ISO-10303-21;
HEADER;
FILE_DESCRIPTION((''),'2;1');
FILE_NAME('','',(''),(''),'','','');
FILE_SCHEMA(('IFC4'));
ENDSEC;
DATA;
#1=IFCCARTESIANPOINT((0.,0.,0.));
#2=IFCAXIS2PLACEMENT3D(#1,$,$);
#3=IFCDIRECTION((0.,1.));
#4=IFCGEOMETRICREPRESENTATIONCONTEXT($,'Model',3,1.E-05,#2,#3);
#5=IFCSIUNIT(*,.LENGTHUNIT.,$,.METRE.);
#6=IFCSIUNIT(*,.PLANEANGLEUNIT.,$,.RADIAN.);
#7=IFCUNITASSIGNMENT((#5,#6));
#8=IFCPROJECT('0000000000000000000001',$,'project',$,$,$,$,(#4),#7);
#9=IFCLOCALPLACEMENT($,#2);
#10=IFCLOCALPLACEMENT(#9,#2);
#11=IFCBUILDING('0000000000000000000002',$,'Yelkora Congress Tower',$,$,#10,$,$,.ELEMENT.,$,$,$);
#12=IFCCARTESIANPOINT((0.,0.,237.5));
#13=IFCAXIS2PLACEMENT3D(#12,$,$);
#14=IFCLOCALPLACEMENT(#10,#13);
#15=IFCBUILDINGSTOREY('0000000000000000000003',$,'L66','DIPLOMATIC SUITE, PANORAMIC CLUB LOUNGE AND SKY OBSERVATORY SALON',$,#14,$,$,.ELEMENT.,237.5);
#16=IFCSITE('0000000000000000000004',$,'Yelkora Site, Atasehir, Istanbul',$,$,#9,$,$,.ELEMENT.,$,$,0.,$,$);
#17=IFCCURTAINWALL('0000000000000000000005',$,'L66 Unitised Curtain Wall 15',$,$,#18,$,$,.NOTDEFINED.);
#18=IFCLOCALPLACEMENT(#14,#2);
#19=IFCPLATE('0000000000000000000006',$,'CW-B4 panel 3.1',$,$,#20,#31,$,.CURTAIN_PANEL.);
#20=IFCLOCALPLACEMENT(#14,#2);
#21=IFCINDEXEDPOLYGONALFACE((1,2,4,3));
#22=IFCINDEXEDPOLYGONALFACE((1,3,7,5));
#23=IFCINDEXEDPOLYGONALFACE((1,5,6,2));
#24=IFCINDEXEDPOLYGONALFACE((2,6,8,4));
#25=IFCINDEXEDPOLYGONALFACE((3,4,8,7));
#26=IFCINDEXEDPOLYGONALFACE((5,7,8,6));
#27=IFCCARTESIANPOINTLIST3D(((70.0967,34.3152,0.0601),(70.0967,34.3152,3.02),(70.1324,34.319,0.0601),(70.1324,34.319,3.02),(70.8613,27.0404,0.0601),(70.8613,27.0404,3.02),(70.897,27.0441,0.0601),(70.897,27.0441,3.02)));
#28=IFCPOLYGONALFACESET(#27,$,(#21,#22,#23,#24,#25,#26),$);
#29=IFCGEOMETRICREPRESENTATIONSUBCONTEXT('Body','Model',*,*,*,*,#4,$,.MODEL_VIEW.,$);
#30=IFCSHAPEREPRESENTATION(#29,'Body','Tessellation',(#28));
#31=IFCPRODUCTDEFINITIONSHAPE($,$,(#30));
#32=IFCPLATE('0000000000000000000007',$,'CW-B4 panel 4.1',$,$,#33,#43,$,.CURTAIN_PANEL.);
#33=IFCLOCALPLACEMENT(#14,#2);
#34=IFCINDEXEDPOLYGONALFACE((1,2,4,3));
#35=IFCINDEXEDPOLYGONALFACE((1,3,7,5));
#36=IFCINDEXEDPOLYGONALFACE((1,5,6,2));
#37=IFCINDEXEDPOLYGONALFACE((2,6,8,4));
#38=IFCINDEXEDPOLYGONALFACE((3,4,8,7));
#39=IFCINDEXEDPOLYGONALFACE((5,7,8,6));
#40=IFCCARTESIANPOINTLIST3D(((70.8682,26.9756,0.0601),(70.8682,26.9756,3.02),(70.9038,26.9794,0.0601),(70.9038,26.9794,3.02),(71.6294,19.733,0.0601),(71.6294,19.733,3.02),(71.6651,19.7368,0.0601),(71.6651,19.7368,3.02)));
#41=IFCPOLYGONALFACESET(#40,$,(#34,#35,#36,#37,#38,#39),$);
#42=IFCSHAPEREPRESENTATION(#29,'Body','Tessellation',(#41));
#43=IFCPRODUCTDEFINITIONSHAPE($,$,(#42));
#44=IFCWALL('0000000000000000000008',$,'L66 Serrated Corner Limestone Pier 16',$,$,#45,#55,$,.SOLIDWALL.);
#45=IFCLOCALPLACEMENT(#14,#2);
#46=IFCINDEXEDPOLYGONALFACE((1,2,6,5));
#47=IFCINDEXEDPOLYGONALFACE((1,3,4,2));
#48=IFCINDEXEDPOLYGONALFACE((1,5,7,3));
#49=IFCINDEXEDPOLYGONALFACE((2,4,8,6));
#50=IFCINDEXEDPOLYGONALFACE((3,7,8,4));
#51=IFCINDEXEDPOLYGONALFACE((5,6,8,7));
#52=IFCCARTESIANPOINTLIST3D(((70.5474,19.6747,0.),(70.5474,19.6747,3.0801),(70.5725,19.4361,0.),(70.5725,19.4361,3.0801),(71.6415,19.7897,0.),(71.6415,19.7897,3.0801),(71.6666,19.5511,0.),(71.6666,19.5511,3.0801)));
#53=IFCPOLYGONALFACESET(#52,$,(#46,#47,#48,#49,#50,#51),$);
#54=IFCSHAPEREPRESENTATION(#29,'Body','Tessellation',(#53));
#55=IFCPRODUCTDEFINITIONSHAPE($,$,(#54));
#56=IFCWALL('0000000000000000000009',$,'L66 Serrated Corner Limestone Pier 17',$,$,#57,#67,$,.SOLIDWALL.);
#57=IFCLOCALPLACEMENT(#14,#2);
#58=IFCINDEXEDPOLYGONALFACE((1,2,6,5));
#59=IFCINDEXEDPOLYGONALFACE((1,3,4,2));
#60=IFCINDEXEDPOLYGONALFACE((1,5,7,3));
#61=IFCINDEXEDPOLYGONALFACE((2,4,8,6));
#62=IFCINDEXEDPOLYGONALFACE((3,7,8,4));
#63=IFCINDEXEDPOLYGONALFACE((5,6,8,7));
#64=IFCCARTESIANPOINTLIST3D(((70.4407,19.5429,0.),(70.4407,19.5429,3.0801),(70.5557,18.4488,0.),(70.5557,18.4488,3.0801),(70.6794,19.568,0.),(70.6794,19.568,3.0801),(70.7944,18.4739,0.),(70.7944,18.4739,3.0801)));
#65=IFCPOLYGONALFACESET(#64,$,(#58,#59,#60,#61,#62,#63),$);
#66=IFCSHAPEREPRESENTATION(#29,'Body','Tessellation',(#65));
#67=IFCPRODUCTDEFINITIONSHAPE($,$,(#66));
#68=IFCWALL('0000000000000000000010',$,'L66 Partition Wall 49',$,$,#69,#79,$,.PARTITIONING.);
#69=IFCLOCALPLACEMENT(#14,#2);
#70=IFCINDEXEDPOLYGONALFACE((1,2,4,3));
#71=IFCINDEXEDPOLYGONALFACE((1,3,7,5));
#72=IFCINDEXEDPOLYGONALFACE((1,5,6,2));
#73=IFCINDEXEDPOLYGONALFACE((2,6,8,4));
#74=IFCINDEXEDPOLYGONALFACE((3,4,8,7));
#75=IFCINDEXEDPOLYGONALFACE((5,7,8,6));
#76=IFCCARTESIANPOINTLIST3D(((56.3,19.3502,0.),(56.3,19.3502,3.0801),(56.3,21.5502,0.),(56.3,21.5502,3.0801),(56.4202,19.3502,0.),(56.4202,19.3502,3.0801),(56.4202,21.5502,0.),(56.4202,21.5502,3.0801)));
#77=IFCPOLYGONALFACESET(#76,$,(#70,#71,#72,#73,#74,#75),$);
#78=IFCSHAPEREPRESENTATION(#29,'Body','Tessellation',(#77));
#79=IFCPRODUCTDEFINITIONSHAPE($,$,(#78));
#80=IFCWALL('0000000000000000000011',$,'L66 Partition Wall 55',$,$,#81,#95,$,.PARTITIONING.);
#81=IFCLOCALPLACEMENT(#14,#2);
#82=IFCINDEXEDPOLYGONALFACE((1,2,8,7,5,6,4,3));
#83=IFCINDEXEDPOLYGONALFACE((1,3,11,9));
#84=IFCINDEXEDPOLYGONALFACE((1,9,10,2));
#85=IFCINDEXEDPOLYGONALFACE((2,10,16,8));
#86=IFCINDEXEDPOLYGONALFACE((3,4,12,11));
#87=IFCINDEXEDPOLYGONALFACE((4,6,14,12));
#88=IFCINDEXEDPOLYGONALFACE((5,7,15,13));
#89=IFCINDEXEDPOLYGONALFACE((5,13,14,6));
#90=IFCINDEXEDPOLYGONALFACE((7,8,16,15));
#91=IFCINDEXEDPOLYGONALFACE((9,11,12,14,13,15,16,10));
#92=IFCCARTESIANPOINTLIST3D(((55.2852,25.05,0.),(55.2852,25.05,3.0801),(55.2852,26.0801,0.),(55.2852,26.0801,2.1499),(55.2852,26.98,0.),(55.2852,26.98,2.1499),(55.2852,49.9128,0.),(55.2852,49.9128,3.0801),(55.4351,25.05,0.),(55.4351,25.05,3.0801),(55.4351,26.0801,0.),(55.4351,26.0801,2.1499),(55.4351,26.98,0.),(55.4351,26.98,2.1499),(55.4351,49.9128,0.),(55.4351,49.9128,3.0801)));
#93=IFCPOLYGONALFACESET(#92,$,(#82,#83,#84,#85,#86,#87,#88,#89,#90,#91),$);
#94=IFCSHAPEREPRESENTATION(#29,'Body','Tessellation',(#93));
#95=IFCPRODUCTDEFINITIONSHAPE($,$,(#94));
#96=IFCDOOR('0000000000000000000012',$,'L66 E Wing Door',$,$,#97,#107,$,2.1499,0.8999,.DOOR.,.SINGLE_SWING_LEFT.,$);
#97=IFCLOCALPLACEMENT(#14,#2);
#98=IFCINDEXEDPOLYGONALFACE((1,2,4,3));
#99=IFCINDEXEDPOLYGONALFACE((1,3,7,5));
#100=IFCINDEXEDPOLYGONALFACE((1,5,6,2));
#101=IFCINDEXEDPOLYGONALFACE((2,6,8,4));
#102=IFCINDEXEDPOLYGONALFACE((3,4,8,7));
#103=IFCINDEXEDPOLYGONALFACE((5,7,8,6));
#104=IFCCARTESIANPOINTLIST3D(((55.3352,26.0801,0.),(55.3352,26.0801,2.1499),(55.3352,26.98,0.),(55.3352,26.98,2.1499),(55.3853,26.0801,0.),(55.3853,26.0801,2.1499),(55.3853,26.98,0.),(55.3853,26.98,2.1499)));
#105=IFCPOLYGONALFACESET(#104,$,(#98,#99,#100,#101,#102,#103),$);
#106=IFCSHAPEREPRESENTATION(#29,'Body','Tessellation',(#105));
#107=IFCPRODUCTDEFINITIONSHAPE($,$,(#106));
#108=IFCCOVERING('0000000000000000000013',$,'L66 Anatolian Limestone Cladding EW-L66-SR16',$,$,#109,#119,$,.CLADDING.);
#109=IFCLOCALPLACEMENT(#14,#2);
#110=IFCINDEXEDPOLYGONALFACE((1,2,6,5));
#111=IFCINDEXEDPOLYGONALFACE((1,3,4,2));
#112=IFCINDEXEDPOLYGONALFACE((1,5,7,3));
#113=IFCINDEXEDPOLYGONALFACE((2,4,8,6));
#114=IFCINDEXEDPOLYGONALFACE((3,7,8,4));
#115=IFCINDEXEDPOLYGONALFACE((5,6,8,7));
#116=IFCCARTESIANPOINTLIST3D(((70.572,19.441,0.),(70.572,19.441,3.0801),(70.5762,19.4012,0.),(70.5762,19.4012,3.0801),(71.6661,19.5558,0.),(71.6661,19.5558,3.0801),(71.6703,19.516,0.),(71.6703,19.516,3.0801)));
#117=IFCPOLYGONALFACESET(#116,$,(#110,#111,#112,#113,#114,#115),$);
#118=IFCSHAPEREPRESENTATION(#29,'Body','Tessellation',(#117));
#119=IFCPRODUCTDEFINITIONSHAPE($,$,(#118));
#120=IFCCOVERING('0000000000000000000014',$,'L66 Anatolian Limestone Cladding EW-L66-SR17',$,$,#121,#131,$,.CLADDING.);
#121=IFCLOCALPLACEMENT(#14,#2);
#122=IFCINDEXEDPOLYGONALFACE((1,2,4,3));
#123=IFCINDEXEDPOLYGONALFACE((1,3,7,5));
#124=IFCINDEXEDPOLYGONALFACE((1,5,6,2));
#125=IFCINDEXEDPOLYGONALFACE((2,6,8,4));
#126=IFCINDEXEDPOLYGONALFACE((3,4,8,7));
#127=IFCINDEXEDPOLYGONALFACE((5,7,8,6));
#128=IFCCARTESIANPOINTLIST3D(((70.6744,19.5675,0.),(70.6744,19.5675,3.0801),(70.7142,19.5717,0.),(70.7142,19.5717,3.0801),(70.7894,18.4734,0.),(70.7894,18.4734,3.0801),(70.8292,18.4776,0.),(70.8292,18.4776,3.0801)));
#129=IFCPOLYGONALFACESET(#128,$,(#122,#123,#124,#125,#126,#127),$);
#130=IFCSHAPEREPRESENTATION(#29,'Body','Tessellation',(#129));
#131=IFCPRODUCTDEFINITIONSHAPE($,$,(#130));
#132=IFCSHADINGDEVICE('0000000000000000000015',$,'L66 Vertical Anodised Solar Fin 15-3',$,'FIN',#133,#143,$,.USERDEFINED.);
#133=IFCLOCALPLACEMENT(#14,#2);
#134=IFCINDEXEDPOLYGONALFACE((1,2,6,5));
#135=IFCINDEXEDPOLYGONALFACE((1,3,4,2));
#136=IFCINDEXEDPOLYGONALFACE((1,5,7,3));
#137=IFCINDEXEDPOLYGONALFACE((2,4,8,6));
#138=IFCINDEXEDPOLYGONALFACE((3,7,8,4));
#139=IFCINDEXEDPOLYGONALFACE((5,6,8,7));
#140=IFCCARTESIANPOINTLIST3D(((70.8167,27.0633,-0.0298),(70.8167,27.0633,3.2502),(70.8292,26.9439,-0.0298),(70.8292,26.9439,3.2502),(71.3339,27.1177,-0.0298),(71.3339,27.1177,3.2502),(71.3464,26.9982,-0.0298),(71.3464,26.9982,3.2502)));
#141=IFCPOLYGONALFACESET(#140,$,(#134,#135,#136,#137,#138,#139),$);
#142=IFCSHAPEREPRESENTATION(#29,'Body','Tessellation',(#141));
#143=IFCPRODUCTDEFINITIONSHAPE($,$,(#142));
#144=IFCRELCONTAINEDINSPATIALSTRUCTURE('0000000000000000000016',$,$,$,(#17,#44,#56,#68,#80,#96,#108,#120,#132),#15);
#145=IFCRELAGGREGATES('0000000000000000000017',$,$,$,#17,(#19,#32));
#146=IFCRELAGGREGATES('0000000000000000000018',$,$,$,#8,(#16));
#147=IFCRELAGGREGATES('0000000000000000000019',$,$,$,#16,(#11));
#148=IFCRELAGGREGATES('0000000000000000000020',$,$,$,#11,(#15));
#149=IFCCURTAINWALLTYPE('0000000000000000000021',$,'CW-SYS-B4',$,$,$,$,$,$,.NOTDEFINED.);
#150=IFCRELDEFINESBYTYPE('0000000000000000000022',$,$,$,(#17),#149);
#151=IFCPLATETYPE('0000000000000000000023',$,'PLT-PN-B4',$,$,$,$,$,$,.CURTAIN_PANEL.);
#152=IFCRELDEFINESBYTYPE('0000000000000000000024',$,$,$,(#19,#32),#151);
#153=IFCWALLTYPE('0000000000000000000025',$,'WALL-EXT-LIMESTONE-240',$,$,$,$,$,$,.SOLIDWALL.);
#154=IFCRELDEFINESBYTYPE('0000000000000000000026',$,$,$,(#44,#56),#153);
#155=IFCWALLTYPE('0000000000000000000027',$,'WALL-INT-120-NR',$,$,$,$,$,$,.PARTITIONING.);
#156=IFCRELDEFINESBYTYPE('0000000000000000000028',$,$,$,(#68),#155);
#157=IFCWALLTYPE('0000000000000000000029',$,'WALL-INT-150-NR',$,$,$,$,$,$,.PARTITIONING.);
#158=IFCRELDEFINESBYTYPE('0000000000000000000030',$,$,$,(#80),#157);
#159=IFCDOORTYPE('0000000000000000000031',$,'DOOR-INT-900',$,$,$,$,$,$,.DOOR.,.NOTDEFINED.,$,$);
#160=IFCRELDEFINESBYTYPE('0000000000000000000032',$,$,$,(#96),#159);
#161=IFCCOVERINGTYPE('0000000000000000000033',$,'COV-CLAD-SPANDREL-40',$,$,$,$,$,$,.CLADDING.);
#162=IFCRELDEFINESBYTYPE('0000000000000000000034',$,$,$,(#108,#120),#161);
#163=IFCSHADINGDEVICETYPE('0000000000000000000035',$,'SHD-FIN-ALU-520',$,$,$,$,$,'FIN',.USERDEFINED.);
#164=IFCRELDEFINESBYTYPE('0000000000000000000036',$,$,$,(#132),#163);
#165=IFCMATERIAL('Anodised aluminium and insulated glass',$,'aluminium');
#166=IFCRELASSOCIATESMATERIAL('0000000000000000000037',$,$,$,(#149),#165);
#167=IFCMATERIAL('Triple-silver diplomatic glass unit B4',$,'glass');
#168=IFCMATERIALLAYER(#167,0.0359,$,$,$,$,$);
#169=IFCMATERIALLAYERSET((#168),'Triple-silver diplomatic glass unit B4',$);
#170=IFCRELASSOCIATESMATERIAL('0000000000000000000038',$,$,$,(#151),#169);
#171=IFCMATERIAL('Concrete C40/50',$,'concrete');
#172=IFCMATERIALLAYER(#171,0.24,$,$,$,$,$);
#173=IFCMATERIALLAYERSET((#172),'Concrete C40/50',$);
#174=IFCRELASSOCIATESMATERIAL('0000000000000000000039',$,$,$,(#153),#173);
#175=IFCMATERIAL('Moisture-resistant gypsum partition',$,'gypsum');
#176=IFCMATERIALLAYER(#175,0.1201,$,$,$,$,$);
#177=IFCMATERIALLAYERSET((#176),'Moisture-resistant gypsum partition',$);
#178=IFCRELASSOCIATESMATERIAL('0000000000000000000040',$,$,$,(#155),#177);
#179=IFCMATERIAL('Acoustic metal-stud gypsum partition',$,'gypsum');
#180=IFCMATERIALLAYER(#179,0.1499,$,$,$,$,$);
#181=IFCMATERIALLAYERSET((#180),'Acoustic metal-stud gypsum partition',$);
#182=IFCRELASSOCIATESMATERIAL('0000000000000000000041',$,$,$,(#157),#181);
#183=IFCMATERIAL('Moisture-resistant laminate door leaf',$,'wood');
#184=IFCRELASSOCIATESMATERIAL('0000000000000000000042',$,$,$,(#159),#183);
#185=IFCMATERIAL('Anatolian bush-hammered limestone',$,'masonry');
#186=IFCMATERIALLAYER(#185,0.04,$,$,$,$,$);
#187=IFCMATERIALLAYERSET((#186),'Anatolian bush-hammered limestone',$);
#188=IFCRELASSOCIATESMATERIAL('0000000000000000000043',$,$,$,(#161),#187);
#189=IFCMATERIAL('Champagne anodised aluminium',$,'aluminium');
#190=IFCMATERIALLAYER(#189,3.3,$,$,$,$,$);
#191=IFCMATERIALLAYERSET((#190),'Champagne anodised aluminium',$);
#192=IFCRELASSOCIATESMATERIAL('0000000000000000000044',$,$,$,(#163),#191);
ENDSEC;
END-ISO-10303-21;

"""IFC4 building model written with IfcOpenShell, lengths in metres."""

from ifc_helpers import new_model, si_unit, direction, frame, frame_2d, origin, origin_2d, place, context, subcontext, project, spatial, rectangle, extrude, material, layer, layer_set, type_object, element, fill, aggregate, save


model = new_model("IFC4")

# Units and contexts
model_context = context("Model", 3, precision=1e-05, world=origin(), true_north=direction((0.0, 1.0)))
body_context = subcontext(model_context, "Body", "Model", "MODEL_VIEW")
ifc_project = project(units=[si_unit("LENGTHUNIT", "METRE"), si_unit("PLANEANGLEUNIT", "RADIAN")], contexts=[model_context])

# Site, building, storey
site_placement = place(None, origin())
site = spatial("IfcSite", under=ifc_project, at=site_placement, Name="Yelkora Site, Atasehir, Istanbul", CompositionType="ELEMENT", RefElevation=0.0)
building_placement = place(site_placement, origin())
building = spatial("IfcBuilding", under=site, at=building_placement, Name="Yelkora Congress Tower", CompositionType="ELEMENT")
storey_placement = place(building_placement, frame((0.0, 0.0, 237.5)))
storey = spatial("IfcBuildingStorey", under=building, at=storey_placement, Name="L66", Description="DIPLOMATIC SUITE, PANORAMIC CLUB LOUNGE AND SKY OBSERVATORY SALON", CompositionType="ELEMENT", Elevation=237.5)

# Curtain wall, plates
ifc_material_1 = material(Name="Anodised aluminium and insulated glass", Category="aluminium")
curtain_wall_type = type_object("IfcCurtainWallType", Name="CW-SYS-B4", PredefinedType="NOTDEFINED", material=ifc_material_1)
curtain_wall_placement = place(storey_placement, origin())
curtain_wall = element("IfcCurtainWall", 1, at=curtain_wall_placement, inside=storey, type_object=curtain_wall_type, Name="L66 Unitised Curtain Wall 15", PredefinedType="NOTDEFINED")
ifc_material_2 = material(Name="Triple-silver diplomatic glass unit B4", Category="glass")
ifc_layer_1 = layer(ifc_material_2, 0.0359)
ifc_layer_set_1 = layer_set([ifc_layer_1], Name="Triple-silver diplomatic glass unit B4")
plate_type = type_object("IfcPlateType", Name="PLT-PN-B4", PredefinedType="CURTAIN_PANEL", material=ifc_layer_set_1)
plate_1_placement = place(storey_placement, frame((70.4968, 30.6797, 0.0601), z_axis=(0.0, 0.0, 1.0), x_axis=(0.104526, -0.994522, 0.0)))
plate_1 = element("IfcPlate", 2, at=plate_1_placement, type_object=plate_type, Name="CW-B4 panel 3.1", PredefinedType="CURTAIN_PANEL", context=body_context, shape_type="SweptSolid", body=[
    extrude(rectangle(XDim=7.3149, YDim=0.0359, at=origin_2d()), origin(), (0.0, 0.0, 1.0), 2.96),
])
plate_2_placement = place(storey_placement, frame((71.2666, 23.3562, 0.0601), z_axis=(0.0, 0.0, 1.0), x_axis=(0.104526, -0.994522, 0.0)))
plate_2 = element("IfcPlate", 3, at=plate_2_placement, type_object=plate_type, Name="CW-B4 panel 4.1", PredefinedType="CURTAIN_PANEL", context=body_context, shape_type="SweptSolid", body=[
    extrude(rectangle(XDim=7.2825, YDim=0.0359, at=origin_2d()), origin(), (0.0, 0.0, 1.0), 2.96),
])
aggregate(curtain_wall, [plate_1, plate_2])

# Walls
ifc_material_3 = material(Name="Concrete C40/50", Category="concrete")
ifc_layer_2 = layer(ifc_material_3, 0.24)
ifc_layer_set_2 = layer_set([ifc_layer_2], Name="Concrete C40/50")
wall_type_1 = type_object("IfcWallType", Name="WALL-EXT-LIMESTONE-240", PredefinedType="SOLIDWALL", material=ifc_layer_set_2)
for number, where, z_axis, x_axis, name in (
    (4, (71.6541, 19.6704, 0.0), (0.0, 0.0, 1.0), (-0.994521, -0.104535, 0.0), "L66 Serrated Corner Limestone Pier 16"),
    (5, (70.5601, 19.5554, 0.0), (0.0, 0.0, 1.0), (0.104535, -0.994521, 0.0), "L66 Serrated Corner Limestone Pier 17"),
):
    element("IfcWall", number, at=place(storey_placement, frame(where, z_axis=z_axis, x_axis=x_axis)), inside=storey, type_object=wall_type_1, Name=name, PredefinedType="SOLIDWALL", context=body_context, shape_type="SweptSolid", body=[
        extrude(rectangle(XDim=1.1001, YDim=0.24, at=frame_2d((0.55, 0.0))), origin(), (0.0, 0.0, 1.0), 3.0801),
    ])
ifc_material_4 = material(Name="Moisture-resistant gypsum partition", Category="gypsum")
ifc_layer_3 = layer(ifc_material_4, 0.1201)
ifc_layer_set_3 = layer_set([ifc_layer_3], Name="Moisture-resistant gypsum partition")
wall_type_2 = type_object("IfcWallType", Name="WALL-INT-120-NR", PredefinedType="PARTITIONING", material=ifc_layer_set_3)
wall_1_placement = place(storey_placement, frame((56.3601, 19.3501, 0.0), z_axis=(0.0, 0.0, 1.0), x_axis=(0.0, 1.0, 0.0)))
element("IfcWall", 6, at=wall_1_placement, inside=storey, type_object=wall_type_2, Name="L66 Partition Wall 49", PredefinedType="PARTITIONING", context=body_context, shape_type="SweptSolid", body=[
    extrude(rectangle(XDim=2.2, YDim=0.1201, at=frame_2d((1.1001, 0.0))), origin(), (0.0, 0.0, 1.0), 3.0801),
])

# Wall, opening, door
ifc_material_5 = material(Name="Acoustic metal-stud gypsum partition", Category="gypsum")
ifc_layer_4 = layer(ifc_material_5, 0.1499)
ifc_layer_set_4 = layer_set([ifc_layer_4], Name="Acoustic metal-stud gypsum partition")
wall_type_3 = type_object("IfcWallType", Name="WALL-INT-150-NR", PredefinedType="PARTITIONING", material=ifc_layer_set_4)
wall_2_placement = place(storey_placement, frame((55.3601, 25.05, 0.0), z_axis=(0.0, 0.0, 1.0), x_axis=(0.0, 1.0, 0.0)))
wall_2 = element("IfcWall", 7, at=wall_2_placement, inside=storey, type_object=wall_type_3, Name="L66 Partition Wall 55", PredefinedType="PARTITIONING", context=body_context, shape_type="SweptSolid", body=[
    extrude(rectangle(XDim=24.8628, YDim=0.1499, at=frame_2d((12.4314, 0.0))), origin(), (0.0, 0.0, 1.0), 3.0801),
])
opening_placement = place(wall_2_placement, frame((1.03, 0.0, 0.0)))
opening = element("IfcOpeningElement", 8, at=opening_placement, cuts=wall_2, PredefinedType="OPENING", context=body_context, shape_type="SweptSolid", body=[
    extrude(rectangle(XDim=0.8999, YDim=2.1499, at=frame_2d((0.45, 1.075))), frame((0.0, 0.085, 0.0), z_axis=(0.0, -1.0, 0.0), x_axis=(1.0, 0.0, 0.0)), (0.0, 0.0, 1.0), 0.1699),
])
ifc_material_6 = material(Name="Moisture-resistant laminate door leaf", Category="wood")
door_type = type_object("IfcDoorType", Name="DOOR-INT-900", OperationType="NOTDEFINED", PredefinedType="DOOR", material=ifc_material_6)
door_placement = place(opening_placement, origin())
door = element("IfcDoor", 9, at=door_placement, inside=storey, type_object=door_type, Name="L66 E Wing Door", OperationType="SINGLE_SWING_LEFT", OverallHeight=2.1499, OverallWidth=0.8999, PredefinedType="DOOR", context=body_context, shape_type="SweptSolid", body=[
    extrude(rectangle(XDim=0.8999, YDim=2.1499, at=frame_2d((0.45, 1.075))), frame((0.0, 0.0249, 0.0), z_axis=(0.0, -1.0, 0.0), x_axis=(1.0, 0.0, 0.0)), (0.0, 0.0, 1.0), 0.05),
])
fill(opening, door)

# Coverings
ifc_material_7 = material(Name="Anatolian bush-hammered limestone", Category="masonry")
ifc_layer_5 = layer(ifc_material_7, 0.04)
ifc_layer_set_5 = layer_set([ifc_layer_5], Name="Anatolian bush-hammered limestone")
covering_type = type_object("IfcCoveringType", Name="COV-CLAD-SPANDREL-40", PredefinedType="CLADDING", material=ifc_layer_set_5)
for number, where, z_axis, x_axis, name in (
    (10, (71.6682, 19.5359, 0.0), (0.0, 0.0, 1.0), (-0.994544, -0.104315, 0.0), "L66 Anatolian Limestone Cladding EW-L66-SR16"),
    (11, (70.6943, 19.5696, 0.0), (0.0, 0.0, 1.0), (0.104535, -0.994521, 0.0), "L66 Anatolian Limestone Cladding EW-L66-SR17"),
):
    element("IfcCovering", number, at=place(storey_placement, frame(where, z_axis=z_axis, x_axis=x_axis)), inside=storey, type_object=covering_type, Name=name, PredefinedType="CLADDING", context=body_context, shape_type="SweptSolid", body=[
        extrude(rectangle(XDim=1.1001, YDim=0.04, at=frame_2d((0.55, 0.0))), origin(), (0.0, 0.0, 1.0), 3.0801),
    ])

# Shading device
ifc_material_8 = material(Name="Champagne anodised aluminium", Category="aluminium")
ifc_layer_6 = layer(ifc_material_8, 3.3)
ifc_layer_set_6 = layer_set([ifc_layer_6], Name="Champagne anodised aluminium")
shading_device_type = type_object("IfcShadingDeviceType", Name="SHD-FIN-ALU-520", ElementType="FIN", PredefinedType="USERDEFINED", material=ifc_layer_set_6)
shading_device_placement = place(storey_placement, frame((71.0815, 27.0308, -0.0298), z_axis=(0.0, 0.0, 1.0), x_axis=(0.104528, -0.994522, 0.0)))
element("IfcShadingDevice", 12, at=shading_device_placement, inside=storey, type_object=shading_device_type, Name="L66 Vertical Anodised Solar Fin 15-3", ObjectType="FIN", PredefinedType="USERDEFINED", context=body_context, shape_type="SweptSolid", body=[
    extrude(rectangle(XDim=0.1201, YDim=0.52, at=origin_2d()), origin(), (0.0, 0.0, 1.0), 3.28),
])

save(model, "model.ifc")
